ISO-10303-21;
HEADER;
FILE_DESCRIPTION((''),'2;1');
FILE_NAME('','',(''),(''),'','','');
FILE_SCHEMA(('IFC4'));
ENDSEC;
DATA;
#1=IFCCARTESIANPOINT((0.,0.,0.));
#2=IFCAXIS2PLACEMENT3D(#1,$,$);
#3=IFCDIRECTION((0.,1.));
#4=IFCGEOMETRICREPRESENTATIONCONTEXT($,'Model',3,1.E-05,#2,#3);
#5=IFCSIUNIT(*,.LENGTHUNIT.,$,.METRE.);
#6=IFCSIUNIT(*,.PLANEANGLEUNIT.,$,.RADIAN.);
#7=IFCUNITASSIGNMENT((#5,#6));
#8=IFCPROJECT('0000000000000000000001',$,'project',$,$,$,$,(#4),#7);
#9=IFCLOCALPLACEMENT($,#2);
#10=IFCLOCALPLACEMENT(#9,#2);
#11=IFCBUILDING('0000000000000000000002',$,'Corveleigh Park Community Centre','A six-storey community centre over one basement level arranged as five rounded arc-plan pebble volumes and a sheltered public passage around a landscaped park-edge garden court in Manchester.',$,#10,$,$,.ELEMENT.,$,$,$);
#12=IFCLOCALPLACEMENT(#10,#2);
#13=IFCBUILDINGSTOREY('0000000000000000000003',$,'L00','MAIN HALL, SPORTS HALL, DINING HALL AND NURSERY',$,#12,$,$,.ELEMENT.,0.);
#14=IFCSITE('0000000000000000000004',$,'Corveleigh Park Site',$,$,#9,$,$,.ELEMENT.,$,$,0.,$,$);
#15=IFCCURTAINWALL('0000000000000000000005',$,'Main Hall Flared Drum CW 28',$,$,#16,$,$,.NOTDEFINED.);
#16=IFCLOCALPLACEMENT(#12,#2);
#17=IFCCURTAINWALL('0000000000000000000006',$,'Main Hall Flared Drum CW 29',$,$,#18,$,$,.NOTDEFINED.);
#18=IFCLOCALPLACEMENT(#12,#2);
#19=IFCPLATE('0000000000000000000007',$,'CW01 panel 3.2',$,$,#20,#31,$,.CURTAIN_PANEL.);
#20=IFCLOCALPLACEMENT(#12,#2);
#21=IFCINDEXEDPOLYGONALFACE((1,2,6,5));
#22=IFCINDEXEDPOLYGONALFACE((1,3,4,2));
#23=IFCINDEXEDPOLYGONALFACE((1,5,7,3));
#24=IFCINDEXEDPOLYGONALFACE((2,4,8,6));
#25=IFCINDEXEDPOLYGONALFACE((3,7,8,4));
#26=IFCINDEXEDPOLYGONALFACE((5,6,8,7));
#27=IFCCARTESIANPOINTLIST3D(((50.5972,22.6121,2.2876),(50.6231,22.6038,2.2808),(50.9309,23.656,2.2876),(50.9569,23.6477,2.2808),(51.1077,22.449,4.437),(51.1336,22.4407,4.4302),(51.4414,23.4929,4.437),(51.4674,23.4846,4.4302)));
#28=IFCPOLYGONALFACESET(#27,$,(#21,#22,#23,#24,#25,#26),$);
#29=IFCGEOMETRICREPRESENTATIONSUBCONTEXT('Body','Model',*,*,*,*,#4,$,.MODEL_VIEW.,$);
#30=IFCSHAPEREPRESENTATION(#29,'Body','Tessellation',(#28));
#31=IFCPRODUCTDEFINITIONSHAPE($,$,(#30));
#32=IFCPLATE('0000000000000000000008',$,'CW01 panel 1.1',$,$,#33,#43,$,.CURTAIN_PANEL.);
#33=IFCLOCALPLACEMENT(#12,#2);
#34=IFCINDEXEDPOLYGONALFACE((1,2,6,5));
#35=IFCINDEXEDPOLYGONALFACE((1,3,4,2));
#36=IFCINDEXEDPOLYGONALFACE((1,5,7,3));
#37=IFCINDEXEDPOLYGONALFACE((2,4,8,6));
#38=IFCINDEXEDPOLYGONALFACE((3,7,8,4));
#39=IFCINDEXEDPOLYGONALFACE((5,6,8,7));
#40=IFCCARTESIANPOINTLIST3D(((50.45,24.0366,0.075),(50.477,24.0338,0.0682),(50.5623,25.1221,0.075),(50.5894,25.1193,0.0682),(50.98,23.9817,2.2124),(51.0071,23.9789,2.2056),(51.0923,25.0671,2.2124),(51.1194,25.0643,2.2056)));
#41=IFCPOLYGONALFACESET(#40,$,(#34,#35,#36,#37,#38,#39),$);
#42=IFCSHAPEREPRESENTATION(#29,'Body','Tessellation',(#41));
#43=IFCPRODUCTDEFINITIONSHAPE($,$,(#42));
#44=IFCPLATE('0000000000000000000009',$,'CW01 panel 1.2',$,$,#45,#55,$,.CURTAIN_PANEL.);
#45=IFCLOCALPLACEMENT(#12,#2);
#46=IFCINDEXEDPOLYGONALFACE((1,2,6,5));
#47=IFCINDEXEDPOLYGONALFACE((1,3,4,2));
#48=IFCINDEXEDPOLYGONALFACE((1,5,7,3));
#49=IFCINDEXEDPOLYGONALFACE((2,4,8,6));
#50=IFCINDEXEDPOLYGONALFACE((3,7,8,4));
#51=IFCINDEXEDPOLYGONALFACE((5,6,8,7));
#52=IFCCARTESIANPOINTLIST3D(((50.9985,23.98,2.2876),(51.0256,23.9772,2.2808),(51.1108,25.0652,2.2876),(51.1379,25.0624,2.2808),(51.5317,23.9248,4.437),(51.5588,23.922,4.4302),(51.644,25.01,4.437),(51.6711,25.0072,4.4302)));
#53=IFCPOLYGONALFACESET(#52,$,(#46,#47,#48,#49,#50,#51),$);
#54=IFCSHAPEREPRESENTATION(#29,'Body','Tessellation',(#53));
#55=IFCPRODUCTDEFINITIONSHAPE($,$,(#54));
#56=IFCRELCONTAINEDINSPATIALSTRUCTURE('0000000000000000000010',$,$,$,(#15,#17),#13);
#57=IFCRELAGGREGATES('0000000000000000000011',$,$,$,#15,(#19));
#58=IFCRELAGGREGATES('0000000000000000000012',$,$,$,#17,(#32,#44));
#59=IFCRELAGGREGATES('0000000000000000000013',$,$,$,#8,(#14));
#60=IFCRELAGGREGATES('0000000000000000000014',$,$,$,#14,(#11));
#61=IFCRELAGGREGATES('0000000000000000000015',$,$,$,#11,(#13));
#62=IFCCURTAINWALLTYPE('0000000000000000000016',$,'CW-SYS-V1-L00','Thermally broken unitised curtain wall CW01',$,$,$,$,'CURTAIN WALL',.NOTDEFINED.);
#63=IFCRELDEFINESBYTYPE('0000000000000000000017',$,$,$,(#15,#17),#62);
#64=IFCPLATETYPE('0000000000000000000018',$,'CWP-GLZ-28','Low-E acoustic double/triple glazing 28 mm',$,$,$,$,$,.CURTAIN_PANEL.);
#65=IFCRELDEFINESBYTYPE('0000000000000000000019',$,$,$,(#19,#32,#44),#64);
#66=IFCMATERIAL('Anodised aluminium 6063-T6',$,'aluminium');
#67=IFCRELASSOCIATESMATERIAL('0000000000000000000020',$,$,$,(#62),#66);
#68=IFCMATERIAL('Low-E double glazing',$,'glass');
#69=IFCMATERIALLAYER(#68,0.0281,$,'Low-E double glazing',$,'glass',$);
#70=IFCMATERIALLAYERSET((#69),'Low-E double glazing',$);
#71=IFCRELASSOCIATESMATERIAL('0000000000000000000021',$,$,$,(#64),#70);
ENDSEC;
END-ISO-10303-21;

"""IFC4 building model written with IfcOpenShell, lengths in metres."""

from ifc_helpers import new_model, si_unit, direction, frame, origin, place, context, subcontext, project, spatial, polyline, outline, extrude, material, layer, layer_set, type_object, element, aggregate, save


model = new_model("IFC4")

# Units and contexts
model_context = context("Model", 3, precision=1e-05, world=origin(), true_north=direction((0.0, 1.0)))
body_context = subcontext(model_context, "Body", "Model", "MODEL_VIEW")
ifc_project = project(units=[si_unit("LENGTHUNIT", "METRE"), si_unit("PLANEANGLEUNIT", "RADIAN")], contexts=[model_context])

# Site, building, storey
site_placement = place(None, origin())
site = spatial("IfcSite", under=ifc_project, at=site_placement, Name="Corveleigh Park Site", CompositionType="ELEMENT", RefElevation=0.0)
building_placement = place(site_placement, origin())
building = spatial("IfcBuilding", under=site, at=building_placement, Name="Corveleigh Park Community Centre", Description="A six-storey community centre over one basement level arranged as five rounded arc-plan pebble volumes and a sheltered public passage around a landscaped park-edge garden court in Manchester.", CompositionType="ELEMENT")
storey_placement = place(building_placement, origin())
storey = spatial("IfcBuildingStorey", under=building, at=storey_placement, Name="L00", Description="MAIN HALL, SPORTS HALL, DINING HALL AND NURSERY", CompositionType="ELEMENT", Elevation=0.0)

# Shared definitions
ifc_material_1 = material(Name="Anodised aluminium 6063-T6", Category="aluminium")
curtain_wall_type = type_object("IfcCurtainWallType", Name="CW-SYS-V1-L00", Description="Thermally broken unitised curtain wall CW01", ElementType="CURTAIN WALL", PredefinedType="NOTDEFINED", material=ifc_material_1)

# Curtain wall
curtain_wall_1_placement = place(storey_placement, origin())
curtain_wall_1 = element("IfcCurtainWall", 1, at=curtain_wall_1_placement, inside=storey, type_object=curtain_wall_type, Name="Main Hall Flared Drum CW 28", PredefinedType="NOTDEFINED")

# Curtain wall
curtain_wall_2_placement = place(storey_placement, origin())
curtain_wall_2 = element("IfcCurtainWall", 2, at=curtain_wall_2_placement, inside=storey, type_object=curtain_wall_type, Name="Main Hall Flared Drum CW 29", PredefinedType="NOTDEFINED")

# Plates
ifc_material_2 = material(Name="Low-E double glazing", Category="glass")
ifc_layer = layer(ifc_material_2, 0.0281, Name="Low-E double glazing", Category="glass")
ifc_layer_set = layer_set([ifc_layer], Name="Low-E double glazing")
plate_type = type_object("IfcPlateType", Name="CWP-GLZ-28", Description="Low-E acoustic double/triple glazing 28 mm", PredefinedType="CURTAIN_PANEL", material=ifc_layer_set)
plate_1_placement = place(storey_placement, frame((50.5972, 22.6121, 2.2876), z_axis=(-0.924215, 0.295464, 0.241925), x_axis=(0.304509, 0.952509, 0.0)))
plate_1 = element("IfcPlate", 3, at=plate_1_placement, type_object=plate_type, Name="CW01 panel 3.2", PredefinedType="CURTAIN_PANEL", context=body_context, shape_type="SweptSolid", body=[
    extrude(outline(polyline([(0.0, 0.0), (1.096, 0.0), (1.0961, -2.2152), (0.0001, -2.2152), (0.0, 0.0)])), origin(), (0.0, 0.0, -1.0), 0.0281),
])
aggregate(curtain_wall_1, [plate_1])
plate_2_placement = place(storey_placement, frame((50.45, 24.0366, 0.075), z_axis=(-0.96515, 0.099858, 0.241897), x_axis=(0.102914, 0.99469, 0.0)))
plate_2 = element("IfcPlate", 4, at=plate_2_placement, type_object=plate_type, Name="CW01 panel 1.1", PredefinedType="CURTAIN_PANEL", context=body_context, shape_type="SweptSolid", body=[
    extrude(outline(polyline([(0.0, 0.0), (1.0912, 0.0), (1.0912, -2.2029), (-0.0001, -2.2029), (0.0, 0.0)])), origin(), (0.0, 0.0, -1.0), 0.0281),
])
plate_3_placement = place(storey_placement, frame((50.9985, 23.98, 2.2876), z_axis=(-0.965126, 0.099878, 0.241982), x_axis=(0.102937, 0.994688, 0.0)))
plate_3 = element("IfcPlate", 5, at=plate_3_placement, type_object=plate_type, Name="CW01 panel 1.2", PredefinedType="CURTAIN_PANEL", context=body_context, shape_type="SweptSolid", body=[
    extrude(outline(polyline([(0.0, 0.0), (1.091, 0.0), (1.091, -2.2152), (0.0, -2.2152), (0.0, 0.0)])), origin(), (0.0, 0.0, -1.0), 0.0281),
])
aggregate(curtain_wall_2, [plate_2, plate_3])

save(model, "model.ifc")
